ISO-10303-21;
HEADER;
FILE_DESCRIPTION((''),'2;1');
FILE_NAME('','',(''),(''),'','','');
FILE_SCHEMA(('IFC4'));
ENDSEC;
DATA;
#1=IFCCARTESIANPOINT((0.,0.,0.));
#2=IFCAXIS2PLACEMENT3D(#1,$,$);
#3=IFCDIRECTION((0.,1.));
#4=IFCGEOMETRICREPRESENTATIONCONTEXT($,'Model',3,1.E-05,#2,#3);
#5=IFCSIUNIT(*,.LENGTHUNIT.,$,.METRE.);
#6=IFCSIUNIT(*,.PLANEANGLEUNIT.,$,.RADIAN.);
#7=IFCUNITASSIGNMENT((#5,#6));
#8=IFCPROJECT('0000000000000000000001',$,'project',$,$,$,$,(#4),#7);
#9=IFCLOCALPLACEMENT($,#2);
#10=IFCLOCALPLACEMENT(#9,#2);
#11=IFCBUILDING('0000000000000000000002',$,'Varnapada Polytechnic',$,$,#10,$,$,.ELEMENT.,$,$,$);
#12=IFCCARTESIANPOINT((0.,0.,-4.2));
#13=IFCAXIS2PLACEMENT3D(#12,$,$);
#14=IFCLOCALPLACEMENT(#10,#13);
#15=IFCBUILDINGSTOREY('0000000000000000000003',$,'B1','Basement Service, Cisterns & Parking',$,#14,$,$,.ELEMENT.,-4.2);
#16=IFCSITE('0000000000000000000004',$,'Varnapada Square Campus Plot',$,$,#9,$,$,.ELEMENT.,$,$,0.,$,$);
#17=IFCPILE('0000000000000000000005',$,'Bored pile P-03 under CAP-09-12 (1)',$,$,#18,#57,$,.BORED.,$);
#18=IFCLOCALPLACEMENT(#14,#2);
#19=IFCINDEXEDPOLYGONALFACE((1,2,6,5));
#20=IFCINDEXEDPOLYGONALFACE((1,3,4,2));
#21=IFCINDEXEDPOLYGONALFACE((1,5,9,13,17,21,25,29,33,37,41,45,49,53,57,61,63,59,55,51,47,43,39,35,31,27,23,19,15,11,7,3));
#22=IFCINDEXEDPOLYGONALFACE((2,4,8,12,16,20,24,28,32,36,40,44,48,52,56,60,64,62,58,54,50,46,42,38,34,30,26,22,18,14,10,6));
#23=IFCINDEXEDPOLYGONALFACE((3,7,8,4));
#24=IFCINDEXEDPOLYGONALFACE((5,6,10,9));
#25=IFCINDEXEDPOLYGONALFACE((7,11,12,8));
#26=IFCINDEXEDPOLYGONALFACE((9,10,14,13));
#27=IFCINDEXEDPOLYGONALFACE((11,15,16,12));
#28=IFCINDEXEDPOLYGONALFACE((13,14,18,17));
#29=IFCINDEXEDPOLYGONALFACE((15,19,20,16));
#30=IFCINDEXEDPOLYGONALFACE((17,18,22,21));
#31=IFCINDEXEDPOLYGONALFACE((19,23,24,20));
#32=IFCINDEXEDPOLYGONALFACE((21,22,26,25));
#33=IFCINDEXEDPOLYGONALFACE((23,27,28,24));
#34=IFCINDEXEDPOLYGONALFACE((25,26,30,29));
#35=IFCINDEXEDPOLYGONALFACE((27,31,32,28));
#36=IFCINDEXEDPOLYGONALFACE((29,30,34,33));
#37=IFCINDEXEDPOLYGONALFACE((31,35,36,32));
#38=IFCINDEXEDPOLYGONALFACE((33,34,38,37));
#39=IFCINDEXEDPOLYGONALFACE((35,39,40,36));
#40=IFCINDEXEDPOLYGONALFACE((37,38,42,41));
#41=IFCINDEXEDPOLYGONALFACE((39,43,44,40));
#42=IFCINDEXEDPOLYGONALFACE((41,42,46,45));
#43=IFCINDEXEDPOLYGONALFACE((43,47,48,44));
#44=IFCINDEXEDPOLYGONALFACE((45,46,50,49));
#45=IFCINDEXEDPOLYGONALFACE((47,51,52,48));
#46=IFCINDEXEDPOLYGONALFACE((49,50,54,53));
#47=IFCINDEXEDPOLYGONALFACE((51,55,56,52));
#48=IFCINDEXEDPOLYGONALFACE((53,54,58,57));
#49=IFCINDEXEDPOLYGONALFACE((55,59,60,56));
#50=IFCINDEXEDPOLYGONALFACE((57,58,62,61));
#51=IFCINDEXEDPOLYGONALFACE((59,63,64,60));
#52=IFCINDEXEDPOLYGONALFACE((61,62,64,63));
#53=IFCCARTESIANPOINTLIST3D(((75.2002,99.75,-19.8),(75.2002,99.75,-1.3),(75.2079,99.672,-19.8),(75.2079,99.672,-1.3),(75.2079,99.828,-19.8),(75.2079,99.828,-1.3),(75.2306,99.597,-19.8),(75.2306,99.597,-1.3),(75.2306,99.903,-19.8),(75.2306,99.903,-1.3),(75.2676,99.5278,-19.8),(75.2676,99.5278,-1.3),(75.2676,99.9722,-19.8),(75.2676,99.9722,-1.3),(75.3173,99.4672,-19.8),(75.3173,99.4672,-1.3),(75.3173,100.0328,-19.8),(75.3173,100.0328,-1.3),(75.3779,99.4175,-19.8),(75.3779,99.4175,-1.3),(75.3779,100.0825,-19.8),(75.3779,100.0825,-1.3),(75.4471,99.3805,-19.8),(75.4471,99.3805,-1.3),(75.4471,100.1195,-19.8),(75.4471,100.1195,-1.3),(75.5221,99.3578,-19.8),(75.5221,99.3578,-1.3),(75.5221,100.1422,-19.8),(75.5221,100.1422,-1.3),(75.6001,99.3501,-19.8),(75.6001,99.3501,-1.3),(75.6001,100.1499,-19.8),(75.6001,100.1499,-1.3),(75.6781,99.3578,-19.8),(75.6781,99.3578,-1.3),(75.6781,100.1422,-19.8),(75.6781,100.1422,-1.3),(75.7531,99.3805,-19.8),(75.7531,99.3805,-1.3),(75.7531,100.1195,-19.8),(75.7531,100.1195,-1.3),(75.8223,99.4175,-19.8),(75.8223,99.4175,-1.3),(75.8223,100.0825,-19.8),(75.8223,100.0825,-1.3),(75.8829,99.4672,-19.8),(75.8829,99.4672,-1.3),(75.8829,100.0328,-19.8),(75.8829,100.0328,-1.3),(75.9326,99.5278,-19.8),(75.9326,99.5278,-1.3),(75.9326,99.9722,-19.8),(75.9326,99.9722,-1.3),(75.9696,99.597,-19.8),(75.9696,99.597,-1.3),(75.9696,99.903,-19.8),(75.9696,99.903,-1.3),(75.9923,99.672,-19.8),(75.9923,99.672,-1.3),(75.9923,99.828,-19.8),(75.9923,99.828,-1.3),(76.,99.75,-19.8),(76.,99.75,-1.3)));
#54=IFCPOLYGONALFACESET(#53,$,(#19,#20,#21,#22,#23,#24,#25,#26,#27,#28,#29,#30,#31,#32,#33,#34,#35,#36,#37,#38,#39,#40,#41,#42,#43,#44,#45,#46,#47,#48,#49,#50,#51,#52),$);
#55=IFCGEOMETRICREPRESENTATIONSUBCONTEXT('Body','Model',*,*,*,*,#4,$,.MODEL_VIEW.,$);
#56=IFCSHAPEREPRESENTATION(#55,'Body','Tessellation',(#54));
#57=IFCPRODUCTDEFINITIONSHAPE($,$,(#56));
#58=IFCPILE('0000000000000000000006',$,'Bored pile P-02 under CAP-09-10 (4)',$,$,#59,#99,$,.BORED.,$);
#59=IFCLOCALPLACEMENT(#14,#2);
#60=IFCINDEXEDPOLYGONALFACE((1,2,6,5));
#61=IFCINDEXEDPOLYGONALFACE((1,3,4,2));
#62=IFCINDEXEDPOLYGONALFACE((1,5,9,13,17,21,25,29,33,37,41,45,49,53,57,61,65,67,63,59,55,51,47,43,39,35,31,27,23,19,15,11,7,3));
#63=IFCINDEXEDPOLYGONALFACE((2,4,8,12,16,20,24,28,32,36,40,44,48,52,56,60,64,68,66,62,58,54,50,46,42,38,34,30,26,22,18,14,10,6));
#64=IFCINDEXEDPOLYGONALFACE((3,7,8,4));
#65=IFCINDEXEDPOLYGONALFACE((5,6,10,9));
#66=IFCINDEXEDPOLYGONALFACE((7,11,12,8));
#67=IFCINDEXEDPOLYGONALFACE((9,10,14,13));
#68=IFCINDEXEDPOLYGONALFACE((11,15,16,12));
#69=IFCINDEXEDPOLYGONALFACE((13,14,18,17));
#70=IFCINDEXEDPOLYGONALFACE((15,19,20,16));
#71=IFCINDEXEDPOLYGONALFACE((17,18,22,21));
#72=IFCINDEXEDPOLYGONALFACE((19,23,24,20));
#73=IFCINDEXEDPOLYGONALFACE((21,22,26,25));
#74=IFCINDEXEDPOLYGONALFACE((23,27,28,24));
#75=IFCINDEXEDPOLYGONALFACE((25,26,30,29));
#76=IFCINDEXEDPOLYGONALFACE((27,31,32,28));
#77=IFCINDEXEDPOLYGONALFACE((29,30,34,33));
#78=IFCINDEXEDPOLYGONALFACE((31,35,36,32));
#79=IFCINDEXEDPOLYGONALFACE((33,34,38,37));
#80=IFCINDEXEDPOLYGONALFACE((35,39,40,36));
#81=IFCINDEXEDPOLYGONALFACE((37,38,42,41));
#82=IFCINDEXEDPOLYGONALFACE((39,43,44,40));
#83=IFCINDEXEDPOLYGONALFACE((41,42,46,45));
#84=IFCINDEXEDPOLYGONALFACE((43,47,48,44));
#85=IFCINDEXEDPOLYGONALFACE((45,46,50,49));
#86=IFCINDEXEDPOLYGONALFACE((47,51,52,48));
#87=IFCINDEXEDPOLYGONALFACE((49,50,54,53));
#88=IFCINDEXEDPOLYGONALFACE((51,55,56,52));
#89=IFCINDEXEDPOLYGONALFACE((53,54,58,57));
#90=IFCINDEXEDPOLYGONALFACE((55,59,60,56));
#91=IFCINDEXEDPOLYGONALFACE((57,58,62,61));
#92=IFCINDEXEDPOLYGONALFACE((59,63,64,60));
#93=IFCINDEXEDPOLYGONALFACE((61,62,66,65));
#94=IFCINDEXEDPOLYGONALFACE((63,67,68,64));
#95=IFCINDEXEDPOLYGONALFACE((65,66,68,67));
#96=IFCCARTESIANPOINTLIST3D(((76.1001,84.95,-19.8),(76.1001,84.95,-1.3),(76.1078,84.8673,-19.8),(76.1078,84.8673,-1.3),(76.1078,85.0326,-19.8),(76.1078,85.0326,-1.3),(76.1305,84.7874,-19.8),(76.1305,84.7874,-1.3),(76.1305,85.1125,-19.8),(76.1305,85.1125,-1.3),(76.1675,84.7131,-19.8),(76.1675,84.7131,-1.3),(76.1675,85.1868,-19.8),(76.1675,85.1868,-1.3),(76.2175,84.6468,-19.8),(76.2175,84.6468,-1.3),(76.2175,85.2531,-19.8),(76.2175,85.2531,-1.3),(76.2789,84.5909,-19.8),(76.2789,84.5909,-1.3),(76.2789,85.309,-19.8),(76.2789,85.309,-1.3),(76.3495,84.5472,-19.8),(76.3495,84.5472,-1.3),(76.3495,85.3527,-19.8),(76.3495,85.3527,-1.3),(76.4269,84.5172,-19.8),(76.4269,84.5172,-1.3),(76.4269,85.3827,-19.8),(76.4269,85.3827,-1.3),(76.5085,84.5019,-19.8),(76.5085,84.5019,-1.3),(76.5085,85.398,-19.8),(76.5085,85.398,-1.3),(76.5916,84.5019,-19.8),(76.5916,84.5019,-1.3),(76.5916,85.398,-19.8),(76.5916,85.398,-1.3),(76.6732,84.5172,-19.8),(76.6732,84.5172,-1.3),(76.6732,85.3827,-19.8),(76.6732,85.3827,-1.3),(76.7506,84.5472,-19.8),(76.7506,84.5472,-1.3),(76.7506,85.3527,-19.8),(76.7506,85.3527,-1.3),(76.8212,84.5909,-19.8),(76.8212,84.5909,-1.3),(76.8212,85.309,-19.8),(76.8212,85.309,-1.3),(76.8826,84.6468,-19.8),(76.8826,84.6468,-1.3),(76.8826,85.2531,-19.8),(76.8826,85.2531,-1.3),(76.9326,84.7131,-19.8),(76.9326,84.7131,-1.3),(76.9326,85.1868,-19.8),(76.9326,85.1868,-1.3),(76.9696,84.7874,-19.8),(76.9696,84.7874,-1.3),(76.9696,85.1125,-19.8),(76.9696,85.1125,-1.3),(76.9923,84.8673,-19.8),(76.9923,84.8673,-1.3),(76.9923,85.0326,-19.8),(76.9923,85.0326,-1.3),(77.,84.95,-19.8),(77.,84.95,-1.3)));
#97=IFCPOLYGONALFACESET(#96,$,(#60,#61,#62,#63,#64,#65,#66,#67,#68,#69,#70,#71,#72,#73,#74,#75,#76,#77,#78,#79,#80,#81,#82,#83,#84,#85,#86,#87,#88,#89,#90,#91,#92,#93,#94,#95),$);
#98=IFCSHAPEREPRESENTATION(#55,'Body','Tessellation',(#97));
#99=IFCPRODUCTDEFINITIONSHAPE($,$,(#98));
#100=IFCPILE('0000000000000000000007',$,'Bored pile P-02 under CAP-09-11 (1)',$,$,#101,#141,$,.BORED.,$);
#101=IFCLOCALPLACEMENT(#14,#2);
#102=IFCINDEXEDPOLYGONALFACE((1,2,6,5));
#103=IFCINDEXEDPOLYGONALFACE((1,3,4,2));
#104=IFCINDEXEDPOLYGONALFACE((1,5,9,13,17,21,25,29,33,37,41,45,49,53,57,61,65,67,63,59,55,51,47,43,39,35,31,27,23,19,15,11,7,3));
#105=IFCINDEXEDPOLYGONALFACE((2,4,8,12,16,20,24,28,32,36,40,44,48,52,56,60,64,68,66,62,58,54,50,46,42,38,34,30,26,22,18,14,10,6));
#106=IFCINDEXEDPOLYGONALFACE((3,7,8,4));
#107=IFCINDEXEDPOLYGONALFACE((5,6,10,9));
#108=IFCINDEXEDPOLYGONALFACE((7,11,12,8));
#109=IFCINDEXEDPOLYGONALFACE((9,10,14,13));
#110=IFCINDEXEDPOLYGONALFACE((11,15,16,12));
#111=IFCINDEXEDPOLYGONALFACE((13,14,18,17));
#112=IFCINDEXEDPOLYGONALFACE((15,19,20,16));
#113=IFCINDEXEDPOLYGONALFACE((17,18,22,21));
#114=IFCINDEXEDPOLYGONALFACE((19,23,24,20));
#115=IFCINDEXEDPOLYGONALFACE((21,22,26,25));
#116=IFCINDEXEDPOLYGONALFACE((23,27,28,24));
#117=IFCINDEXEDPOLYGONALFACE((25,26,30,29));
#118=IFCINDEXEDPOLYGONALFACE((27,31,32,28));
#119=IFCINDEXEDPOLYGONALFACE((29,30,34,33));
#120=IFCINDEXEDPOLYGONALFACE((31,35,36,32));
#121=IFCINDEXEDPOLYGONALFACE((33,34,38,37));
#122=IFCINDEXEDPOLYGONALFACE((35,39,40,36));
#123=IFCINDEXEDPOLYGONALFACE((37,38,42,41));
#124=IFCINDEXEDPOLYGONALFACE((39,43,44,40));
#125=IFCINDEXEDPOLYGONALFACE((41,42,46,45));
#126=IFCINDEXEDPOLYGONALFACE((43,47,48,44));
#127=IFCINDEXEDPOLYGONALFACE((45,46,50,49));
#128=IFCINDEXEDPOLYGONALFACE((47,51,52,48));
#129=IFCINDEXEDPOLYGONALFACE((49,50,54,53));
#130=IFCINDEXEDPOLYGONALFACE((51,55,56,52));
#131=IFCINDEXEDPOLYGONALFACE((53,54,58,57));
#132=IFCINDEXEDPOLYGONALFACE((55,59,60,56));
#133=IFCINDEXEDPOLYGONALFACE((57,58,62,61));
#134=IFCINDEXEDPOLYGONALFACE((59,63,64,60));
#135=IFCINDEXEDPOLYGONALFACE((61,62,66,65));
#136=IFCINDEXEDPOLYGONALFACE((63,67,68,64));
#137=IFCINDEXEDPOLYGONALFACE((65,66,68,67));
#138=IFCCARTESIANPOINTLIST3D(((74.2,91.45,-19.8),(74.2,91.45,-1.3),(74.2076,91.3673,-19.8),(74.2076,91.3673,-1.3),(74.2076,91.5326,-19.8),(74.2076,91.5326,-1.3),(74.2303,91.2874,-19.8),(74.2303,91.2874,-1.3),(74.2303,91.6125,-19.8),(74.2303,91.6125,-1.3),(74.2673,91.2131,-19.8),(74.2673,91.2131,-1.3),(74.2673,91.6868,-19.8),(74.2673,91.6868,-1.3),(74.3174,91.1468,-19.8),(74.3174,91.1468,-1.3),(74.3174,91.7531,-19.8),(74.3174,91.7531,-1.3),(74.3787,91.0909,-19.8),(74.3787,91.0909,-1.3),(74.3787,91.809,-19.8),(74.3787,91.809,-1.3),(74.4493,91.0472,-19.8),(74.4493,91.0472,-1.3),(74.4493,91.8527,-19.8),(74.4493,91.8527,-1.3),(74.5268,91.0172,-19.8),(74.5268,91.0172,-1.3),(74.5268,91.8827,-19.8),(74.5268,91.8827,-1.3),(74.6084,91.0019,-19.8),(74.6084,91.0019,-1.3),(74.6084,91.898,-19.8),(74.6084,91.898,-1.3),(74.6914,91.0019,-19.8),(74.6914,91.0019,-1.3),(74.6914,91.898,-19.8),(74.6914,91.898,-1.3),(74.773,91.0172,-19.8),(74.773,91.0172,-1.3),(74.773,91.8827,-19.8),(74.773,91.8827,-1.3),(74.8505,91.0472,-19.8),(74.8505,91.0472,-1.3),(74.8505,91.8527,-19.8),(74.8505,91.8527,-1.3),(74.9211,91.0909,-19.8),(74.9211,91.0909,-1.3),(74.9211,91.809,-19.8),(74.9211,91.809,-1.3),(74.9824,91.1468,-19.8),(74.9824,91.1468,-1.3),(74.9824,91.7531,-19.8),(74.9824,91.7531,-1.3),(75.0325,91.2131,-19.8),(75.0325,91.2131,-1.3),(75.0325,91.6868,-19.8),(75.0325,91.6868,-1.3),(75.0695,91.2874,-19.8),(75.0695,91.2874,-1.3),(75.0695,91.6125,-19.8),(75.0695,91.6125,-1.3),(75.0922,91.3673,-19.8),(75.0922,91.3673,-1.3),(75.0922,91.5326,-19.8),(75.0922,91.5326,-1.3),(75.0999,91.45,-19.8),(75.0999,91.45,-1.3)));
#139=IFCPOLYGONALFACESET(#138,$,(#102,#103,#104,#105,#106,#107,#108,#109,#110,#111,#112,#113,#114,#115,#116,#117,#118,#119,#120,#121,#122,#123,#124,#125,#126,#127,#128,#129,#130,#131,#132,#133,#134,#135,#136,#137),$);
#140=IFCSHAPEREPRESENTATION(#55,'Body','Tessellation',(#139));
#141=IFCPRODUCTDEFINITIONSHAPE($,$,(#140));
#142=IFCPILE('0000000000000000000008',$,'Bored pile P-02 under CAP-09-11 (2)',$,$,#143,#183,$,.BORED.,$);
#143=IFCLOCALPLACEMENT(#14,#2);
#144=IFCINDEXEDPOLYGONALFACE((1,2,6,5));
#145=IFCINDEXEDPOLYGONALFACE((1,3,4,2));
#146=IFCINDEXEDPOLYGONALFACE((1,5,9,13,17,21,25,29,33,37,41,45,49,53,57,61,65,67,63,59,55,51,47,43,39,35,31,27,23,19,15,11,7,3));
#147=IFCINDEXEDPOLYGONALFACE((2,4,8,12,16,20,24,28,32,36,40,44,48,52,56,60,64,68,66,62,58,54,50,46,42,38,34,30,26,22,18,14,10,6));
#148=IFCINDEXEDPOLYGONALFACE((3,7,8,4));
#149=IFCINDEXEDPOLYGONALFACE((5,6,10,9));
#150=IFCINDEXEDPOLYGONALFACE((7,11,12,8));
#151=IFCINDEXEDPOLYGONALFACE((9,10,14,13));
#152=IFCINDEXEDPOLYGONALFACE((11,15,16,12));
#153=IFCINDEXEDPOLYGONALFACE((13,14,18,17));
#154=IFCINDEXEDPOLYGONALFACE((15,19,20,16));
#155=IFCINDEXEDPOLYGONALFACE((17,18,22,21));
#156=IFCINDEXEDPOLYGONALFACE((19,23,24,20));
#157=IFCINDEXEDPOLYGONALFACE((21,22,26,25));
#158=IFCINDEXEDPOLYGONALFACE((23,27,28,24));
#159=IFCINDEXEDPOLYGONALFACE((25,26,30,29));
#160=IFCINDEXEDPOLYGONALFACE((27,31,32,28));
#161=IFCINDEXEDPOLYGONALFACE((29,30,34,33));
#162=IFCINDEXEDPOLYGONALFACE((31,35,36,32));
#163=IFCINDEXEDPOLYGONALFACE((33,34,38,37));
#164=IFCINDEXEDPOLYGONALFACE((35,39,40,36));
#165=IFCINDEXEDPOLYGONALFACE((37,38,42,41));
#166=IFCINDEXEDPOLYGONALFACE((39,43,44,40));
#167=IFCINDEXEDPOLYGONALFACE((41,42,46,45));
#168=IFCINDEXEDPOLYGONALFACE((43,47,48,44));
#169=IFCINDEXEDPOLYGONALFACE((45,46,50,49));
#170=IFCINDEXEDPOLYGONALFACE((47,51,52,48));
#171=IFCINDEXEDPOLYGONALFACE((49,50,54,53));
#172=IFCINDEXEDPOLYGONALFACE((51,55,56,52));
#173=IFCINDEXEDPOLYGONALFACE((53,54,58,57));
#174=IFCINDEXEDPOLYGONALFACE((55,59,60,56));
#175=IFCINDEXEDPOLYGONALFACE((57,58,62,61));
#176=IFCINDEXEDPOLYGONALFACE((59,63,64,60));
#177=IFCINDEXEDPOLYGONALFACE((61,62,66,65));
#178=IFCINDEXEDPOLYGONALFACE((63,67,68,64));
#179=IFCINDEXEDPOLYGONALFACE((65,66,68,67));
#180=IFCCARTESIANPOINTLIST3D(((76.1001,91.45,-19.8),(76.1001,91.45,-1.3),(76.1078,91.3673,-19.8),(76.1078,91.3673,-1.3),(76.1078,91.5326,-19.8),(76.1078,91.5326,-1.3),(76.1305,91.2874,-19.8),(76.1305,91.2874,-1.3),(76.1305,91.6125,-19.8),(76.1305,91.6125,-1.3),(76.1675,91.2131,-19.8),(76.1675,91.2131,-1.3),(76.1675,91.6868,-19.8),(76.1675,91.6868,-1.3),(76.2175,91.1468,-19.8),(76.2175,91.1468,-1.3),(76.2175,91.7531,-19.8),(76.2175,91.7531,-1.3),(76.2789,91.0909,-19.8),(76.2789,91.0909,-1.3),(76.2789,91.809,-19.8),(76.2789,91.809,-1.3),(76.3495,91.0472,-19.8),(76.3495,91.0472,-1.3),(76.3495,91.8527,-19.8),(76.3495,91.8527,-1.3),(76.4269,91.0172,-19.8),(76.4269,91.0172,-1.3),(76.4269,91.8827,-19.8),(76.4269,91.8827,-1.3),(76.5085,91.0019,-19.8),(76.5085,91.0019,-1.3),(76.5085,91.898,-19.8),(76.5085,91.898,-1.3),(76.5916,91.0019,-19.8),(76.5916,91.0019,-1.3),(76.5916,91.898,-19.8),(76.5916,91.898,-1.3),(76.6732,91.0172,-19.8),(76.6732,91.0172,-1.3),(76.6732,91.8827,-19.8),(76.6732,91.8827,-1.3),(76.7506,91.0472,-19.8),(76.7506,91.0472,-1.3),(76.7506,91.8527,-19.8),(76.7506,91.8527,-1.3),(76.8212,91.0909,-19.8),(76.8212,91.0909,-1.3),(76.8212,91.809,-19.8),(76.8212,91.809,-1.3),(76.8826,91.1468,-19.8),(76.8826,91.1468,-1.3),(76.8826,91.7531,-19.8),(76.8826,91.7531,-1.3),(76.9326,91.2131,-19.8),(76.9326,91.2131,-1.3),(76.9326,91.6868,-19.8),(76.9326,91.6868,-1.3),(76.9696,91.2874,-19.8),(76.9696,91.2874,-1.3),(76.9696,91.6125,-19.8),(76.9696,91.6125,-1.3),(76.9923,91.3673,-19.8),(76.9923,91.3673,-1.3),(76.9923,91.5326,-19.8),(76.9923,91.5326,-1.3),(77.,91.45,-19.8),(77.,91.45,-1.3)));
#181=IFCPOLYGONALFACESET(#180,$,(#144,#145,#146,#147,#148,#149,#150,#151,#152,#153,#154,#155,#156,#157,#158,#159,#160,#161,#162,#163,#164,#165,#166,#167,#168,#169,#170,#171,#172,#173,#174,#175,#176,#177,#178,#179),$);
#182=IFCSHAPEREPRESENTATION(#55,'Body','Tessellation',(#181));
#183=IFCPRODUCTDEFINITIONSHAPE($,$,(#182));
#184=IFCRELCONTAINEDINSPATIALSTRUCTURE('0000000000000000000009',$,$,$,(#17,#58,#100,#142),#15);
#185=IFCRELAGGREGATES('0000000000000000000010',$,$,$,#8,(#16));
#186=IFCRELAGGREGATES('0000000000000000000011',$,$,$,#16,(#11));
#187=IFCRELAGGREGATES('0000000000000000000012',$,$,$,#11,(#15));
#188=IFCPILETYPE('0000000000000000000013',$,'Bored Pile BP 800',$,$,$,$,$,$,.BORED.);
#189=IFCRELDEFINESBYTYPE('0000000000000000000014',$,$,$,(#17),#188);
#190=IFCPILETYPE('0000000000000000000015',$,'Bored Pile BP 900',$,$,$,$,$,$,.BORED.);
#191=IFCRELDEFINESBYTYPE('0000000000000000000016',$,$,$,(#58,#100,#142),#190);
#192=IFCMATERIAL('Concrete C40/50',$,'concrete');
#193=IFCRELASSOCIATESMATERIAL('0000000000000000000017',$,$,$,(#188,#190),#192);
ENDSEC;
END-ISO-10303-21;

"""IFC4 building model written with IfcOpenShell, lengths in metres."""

from ifc_helpers import new_model, si_unit, direction, frame, origin, origin_2d, place, context, subcontext, project, spatial, circle, extrude, material, material_profile, profile_set, type_object, element, save


model = new_model("IFC4")

# Units and contexts
model_context = context("Model", 3, precision=1e-05, world=origin(), true_north=direction((0.0, 1.0)))
body_context = subcontext(model_context, "Body", "Model", "MODEL_VIEW")
ifc_project = project(units=[si_unit("LENGTHUNIT", "METRE"), si_unit("PLANEANGLEUNIT", "RADIAN")], contexts=[model_context])

# Site, building, storey
site_placement = place(None, origin())
site = spatial("IfcSite", under=ifc_project, at=site_placement, Name="Varnapada Square Campus Plot", CompositionType="ELEMENT", RefElevation=0.0)
building_placement = place(site_placement, origin())
building = spatial("IfcBuilding", under=site, at=building_placement, Name="Varnapada Polytechnic", CompositionType="ELEMENT")
storey_placement = place(building_placement, frame((0.0, 0.0, -4.2)))
storey = spatial("IfcBuildingStorey", under=building, at=storey_placement, Name="B1", Description="Basement Service, Cisterns & Parking", CompositionType="ELEMENT", Elevation=-4.2)

# Piles
ifc_material_1 = material(Name="Concrete C40/50", Category="concrete")
ifc_material_profile_1 = material_profile(ifc_material_1, circle(Radius=0.3999, at=origin_2d()), Name="BP 800")
ifc_profile_set_1 = profile_set([ifc_material_profile_1], Name="Concrete C40/50")
pile_type_1 = type_object("IfcPileType", Name="Bored Pile BP 800", PredefinedType="BORED", material=ifc_profile_set_1)
pile_placement = place(storey_placement, frame((75.6001, 99.75, -1.3), z_axis=(0.0, 0.0, -1.0), x_axis=(1.0, 0.0, 0.0)))
element("IfcPile", 1, at=pile_placement, inside=storey, type_object=pile_type_1, Name="Bored pile P-03 under CAP-09-12 (1)", PredefinedType="BORED", context=body_context, shape_type="SweptSolid", body=[
    extrude(circle(Radius=0.3999, at=origin_2d()), origin(), (0.0, 0.0, 1.0), 18.5),
])
ifc_material_profile_2 = material_profile(ifc_material_1, circle(Radius=0.45, at=origin_2d()), Name="BP 900")
ifc_profile_set_2 = profile_set([ifc_material_profile_2], Name="Concrete C40/50")
pile_type_2 = type_object("IfcPileType", Name="Bored Pile BP 900", PredefinedType="BORED", material=ifc_profile_set_2)
for number, where, z_axis, x_axis, name in (
    (2, (76.55, 84.95, -1.3), (0.0, 0.0, -1.0), (1.0, 0.0, 0.0), "Bored pile P-02 under CAP-09-10 (4)"),
    (3, (74.6499, 91.45, -1.3), (0.0, 0.0, -1.0), (1.0, 0.0, 0.0), "Bored pile P-02 under CAP-09-11 (1)"),
    (4, (76.55, 91.45, -1.3), (0.0, 0.0, -1.0), (1.0, 0.0, 0.0), "Bored pile P-02 under CAP-09-11 (2)"),
):
    element("IfcPile", number, at=place(storey_placement, frame(where, z_axis=z_axis, x_axis=x_axis)), inside=storey, type_object=pile_type_2, Name=name, PredefinedType="BORED", context=body_context, shape_type="SweptSolid", body=[
        extrude(circle(Radius=0.45, at=origin_2d()), origin(), (0.0, 0.0, 1.0), 18.5),
    ])

save(model, "model.ifc")
